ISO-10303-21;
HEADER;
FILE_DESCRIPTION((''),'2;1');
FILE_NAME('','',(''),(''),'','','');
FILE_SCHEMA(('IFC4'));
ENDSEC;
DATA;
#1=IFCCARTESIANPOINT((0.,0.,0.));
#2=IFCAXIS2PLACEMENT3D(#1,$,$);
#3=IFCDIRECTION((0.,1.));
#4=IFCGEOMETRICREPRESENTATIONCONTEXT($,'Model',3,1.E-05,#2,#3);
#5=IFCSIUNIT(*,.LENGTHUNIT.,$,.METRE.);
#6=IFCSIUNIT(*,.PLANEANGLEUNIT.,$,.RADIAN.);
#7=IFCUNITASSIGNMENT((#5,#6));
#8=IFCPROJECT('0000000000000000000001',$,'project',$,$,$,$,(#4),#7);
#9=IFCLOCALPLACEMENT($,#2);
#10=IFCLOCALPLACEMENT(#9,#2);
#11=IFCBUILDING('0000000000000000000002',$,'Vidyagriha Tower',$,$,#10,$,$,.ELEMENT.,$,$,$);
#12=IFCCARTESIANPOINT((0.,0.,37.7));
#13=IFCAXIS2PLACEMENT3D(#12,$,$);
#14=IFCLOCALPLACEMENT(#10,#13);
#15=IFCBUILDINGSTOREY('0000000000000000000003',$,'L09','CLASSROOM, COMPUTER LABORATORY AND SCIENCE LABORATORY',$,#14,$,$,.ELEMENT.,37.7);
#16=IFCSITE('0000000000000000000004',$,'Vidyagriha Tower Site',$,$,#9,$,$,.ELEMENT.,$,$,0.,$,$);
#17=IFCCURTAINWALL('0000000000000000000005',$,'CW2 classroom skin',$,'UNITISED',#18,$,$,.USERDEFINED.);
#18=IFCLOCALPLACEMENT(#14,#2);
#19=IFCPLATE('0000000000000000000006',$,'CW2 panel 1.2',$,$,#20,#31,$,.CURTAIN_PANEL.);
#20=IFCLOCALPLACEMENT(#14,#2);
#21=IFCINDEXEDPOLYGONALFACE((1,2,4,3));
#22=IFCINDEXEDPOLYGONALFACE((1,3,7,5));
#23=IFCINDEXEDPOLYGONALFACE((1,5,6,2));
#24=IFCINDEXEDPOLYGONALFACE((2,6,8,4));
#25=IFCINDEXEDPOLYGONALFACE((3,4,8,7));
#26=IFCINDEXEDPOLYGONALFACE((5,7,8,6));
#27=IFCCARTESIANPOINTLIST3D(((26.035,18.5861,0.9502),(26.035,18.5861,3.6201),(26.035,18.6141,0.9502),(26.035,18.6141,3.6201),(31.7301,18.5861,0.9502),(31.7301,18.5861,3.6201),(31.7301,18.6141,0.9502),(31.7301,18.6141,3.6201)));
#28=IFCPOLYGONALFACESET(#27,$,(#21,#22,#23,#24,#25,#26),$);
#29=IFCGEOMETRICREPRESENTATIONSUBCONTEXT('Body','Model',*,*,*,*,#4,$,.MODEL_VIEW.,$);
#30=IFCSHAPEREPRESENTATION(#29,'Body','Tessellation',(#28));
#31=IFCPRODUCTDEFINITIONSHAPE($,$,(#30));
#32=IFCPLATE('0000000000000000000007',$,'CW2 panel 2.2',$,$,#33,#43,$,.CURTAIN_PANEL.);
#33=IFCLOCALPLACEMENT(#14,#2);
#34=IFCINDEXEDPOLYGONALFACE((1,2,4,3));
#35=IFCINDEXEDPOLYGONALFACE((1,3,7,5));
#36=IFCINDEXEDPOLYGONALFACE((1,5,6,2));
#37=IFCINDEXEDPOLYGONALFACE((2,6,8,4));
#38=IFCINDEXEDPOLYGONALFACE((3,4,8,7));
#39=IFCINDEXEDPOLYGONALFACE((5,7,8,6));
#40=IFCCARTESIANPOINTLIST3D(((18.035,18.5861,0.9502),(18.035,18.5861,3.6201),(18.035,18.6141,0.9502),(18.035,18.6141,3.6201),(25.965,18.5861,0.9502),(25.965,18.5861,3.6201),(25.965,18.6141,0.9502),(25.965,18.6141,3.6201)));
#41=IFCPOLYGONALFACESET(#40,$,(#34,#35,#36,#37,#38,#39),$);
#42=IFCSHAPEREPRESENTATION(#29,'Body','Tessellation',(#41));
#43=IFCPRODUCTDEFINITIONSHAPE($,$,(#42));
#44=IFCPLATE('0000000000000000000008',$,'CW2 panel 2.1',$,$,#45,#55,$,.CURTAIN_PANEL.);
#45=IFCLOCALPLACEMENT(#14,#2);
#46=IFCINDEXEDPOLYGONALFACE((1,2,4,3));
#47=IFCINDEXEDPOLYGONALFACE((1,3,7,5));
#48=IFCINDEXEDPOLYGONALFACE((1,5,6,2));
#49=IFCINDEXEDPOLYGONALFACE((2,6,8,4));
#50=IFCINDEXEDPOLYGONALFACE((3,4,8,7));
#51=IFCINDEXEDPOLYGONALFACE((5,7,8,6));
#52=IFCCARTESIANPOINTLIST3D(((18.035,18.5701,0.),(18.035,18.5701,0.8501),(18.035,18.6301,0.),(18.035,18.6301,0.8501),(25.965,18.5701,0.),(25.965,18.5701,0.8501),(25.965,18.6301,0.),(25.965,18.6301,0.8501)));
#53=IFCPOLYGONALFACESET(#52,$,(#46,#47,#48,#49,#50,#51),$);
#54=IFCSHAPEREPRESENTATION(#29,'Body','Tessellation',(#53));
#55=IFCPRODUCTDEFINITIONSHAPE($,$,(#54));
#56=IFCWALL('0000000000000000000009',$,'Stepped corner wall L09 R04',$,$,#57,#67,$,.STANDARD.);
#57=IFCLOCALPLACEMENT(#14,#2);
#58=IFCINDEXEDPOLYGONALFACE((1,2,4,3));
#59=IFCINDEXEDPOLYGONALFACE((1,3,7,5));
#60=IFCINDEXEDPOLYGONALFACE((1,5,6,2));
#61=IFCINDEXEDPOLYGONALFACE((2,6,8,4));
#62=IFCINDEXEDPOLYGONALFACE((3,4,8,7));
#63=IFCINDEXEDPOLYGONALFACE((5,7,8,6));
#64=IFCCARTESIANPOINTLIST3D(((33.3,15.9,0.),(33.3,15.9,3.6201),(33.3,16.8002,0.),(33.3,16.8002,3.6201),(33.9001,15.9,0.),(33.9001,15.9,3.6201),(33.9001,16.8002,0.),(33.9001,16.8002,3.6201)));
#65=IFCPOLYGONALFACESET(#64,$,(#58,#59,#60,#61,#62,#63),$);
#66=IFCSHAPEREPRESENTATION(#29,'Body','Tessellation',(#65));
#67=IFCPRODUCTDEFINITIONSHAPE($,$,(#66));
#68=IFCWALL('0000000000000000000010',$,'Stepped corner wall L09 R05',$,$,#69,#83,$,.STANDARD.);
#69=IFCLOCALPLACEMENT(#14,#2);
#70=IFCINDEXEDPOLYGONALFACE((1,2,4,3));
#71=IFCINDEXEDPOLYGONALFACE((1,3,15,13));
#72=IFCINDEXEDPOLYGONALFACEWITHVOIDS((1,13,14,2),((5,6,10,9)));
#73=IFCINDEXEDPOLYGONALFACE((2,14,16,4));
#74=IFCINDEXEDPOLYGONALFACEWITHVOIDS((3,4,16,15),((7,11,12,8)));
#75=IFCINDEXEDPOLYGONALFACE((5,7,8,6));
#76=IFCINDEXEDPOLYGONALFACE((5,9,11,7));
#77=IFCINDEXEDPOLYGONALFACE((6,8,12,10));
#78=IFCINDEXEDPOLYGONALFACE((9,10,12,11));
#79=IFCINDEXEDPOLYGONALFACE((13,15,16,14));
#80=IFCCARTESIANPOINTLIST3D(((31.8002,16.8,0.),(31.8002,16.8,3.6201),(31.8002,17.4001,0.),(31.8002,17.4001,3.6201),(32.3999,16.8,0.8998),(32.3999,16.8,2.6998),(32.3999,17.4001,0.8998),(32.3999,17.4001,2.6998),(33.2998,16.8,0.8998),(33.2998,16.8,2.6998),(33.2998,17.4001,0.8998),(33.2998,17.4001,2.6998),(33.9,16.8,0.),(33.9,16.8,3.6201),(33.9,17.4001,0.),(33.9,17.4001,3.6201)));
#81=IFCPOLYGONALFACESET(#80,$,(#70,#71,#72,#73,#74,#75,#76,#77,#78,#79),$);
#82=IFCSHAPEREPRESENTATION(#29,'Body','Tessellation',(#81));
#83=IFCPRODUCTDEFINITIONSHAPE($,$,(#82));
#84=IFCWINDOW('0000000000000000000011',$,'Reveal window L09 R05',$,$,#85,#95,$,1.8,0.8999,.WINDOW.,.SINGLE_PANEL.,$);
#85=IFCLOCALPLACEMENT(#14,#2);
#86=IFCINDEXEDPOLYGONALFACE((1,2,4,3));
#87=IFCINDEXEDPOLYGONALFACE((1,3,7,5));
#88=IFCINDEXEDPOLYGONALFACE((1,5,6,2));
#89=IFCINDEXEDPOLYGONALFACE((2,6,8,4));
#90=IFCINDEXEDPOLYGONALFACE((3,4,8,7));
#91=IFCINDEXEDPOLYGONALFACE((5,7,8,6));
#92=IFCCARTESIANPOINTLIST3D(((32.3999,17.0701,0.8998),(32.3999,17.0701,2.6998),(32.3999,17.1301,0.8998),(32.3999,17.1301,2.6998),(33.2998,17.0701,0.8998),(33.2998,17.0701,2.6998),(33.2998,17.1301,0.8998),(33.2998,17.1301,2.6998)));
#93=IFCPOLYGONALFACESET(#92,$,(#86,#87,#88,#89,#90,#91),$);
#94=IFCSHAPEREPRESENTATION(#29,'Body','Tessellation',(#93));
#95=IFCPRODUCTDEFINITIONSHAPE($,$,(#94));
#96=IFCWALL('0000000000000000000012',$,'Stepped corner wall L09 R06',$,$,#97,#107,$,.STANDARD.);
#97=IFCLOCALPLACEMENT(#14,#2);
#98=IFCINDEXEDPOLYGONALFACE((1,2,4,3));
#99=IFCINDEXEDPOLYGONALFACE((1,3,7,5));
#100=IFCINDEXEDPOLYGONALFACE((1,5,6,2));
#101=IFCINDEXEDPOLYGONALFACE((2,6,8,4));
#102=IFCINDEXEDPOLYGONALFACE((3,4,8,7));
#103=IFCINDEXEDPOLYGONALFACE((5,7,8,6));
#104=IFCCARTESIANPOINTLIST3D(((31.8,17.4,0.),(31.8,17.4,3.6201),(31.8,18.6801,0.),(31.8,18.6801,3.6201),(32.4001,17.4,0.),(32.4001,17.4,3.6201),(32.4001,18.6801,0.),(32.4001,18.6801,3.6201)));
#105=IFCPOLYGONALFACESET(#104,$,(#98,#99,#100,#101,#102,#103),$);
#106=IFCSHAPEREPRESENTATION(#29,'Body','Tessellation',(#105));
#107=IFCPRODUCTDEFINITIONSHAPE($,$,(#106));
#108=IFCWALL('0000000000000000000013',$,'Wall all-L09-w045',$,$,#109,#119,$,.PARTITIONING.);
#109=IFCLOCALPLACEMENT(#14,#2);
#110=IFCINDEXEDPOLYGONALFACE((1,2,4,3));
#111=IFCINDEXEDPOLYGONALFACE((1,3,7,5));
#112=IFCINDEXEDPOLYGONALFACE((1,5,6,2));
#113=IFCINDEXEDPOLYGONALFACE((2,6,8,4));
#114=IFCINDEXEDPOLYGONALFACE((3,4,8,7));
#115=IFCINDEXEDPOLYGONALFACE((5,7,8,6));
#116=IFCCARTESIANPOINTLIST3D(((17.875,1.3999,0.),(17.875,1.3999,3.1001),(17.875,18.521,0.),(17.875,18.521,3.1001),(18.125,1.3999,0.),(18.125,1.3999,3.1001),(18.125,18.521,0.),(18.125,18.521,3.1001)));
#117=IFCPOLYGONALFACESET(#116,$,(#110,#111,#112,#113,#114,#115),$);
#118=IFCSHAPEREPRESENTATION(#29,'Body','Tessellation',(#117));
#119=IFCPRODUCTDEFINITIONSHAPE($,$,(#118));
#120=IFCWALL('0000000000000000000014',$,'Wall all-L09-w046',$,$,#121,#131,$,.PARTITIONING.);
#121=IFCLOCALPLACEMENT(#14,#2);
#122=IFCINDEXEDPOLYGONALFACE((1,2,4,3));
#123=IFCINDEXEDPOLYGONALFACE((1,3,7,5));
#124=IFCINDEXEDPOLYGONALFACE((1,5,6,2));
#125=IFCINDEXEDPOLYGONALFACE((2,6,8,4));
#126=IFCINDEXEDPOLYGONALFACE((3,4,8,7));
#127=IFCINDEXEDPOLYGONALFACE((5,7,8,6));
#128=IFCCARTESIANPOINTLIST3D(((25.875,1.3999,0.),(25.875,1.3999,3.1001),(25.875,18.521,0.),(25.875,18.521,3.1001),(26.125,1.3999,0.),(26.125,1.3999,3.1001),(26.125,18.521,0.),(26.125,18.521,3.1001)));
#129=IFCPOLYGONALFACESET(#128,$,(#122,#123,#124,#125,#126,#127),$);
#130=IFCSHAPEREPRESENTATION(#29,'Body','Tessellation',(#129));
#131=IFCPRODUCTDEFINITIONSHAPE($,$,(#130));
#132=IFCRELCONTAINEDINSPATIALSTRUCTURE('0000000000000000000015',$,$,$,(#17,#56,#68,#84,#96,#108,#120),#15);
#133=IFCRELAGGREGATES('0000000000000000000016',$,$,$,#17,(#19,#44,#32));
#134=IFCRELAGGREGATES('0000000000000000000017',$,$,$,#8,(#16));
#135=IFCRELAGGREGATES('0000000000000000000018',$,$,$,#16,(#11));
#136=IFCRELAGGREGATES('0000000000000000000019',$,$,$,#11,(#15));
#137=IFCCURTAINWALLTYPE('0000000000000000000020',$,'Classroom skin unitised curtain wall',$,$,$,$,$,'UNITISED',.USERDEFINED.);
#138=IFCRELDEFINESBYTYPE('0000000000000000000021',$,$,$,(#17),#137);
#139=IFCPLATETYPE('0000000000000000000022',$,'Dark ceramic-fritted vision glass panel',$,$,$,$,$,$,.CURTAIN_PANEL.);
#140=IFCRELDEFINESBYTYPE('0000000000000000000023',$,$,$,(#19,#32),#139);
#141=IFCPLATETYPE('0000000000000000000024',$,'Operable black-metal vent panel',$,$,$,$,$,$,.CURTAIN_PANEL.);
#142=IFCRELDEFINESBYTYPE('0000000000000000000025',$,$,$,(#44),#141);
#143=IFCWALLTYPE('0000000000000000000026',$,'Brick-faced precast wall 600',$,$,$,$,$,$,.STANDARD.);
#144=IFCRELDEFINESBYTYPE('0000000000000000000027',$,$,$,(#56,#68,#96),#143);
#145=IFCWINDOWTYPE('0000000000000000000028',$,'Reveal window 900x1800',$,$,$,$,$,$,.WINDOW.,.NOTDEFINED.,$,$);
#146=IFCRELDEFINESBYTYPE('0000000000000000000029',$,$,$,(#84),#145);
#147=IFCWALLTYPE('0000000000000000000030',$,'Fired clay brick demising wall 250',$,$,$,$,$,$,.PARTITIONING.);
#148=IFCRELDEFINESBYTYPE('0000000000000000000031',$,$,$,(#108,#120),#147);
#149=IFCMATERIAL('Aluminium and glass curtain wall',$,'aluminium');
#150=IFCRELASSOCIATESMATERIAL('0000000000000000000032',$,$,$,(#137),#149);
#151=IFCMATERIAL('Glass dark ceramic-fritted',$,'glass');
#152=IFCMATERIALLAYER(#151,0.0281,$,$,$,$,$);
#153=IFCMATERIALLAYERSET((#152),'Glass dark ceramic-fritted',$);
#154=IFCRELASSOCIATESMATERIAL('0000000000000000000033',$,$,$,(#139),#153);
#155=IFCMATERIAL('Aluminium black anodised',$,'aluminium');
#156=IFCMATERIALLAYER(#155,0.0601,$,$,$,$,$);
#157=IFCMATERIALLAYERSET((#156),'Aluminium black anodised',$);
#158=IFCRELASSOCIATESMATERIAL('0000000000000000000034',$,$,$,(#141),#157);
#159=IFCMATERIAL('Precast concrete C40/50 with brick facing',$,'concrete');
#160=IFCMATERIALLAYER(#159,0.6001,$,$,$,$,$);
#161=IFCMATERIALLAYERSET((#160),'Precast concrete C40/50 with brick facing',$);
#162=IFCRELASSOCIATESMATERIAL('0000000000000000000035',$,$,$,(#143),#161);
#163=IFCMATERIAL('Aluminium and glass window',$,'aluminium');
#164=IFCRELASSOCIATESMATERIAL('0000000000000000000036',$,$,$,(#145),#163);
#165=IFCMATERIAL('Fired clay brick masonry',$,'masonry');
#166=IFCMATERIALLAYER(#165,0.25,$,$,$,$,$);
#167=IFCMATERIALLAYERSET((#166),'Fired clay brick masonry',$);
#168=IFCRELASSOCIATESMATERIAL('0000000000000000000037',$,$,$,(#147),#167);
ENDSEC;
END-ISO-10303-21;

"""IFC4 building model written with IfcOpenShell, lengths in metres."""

from ifc_helpers import new_model, si_unit, direction, frame, frame_2d, origin, origin_2d, place, context, subcontext, project, spatial, rectangle, extrude, material, layer, layer_set, type_object, element, fill, aggregate, save


model = new_model("IFC4")

# Units and contexts
model_context = context("Model", 3, precision=1e-05, world=origin(), true_north=direction((0.0, 1.0)))
body_context = subcontext(model_context, "Body", "Model", "MODEL_VIEW")
ifc_project = project(units=[si_unit("LENGTHUNIT", "METRE"), si_unit("PLANEANGLEUNIT", "RADIAN")], contexts=[model_context])

# Site, building, storey
site_placement = place(None, origin())
site = spatial("IfcSite", under=ifc_project, at=site_placement, Name="Vidyagriha Tower Site", CompositionType="ELEMENT", RefElevation=0.0)
building_placement = place(site_placement, origin())
building = spatial("IfcBuilding", under=site, at=building_placement, Name="Vidyagriha Tower", CompositionType="ELEMENT")
storey_placement = place(building_placement, frame((0.0, 0.0, 37.7)))
storey = spatial("IfcBuildingStorey", under=building, at=storey_placement, Name="L09", Description="CLASSROOM, COMPUTER LABORATORY AND SCIENCE LABORATORY", CompositionType="ELEMENT", Elevation=37.7)

# Curtain wall, plates
ifc_material_1 = material(Name="Aluminium and glass curtain wall", Category="aluminium")
curtain_wall_type = type_object("IfcCurtainWallType", Name="Classroom skin unitised curtain wall", ElementType="UNITISED", PredefinedType="USERDEFINED", material=ifc_material_1)
curtain_wall_placement = place(storey_placement, origin())
curtain_wall = element("IfcCurtainWall", 1, at=curtain_wall_placement, inside=storey, type_object=curtain_wall_type, Name="CW2 classroom skin", ObjectType="UNITISED", PredefinedType="USERDEFINED")
ifc_material_2 = material(Name="Glass dark ceramic-fritted", Category="glass")
ifc_layer_1 = layer(ifc_material_2, 0.0281)
ifc_layer_set_1 = layer_set([ifc_layer_1], Name="Glass dark ceramic-fritted")
plate_type_1 = type_object("IfcPlateType", Name="Dark ceramic-fritted vision glass panel", PredefinedType="CURTAIN_PANEL", material=ifc_layer_set_1)
plate_1_placement = place(storey_placement, frame((28.8826, 18.6001, 0.9502), z_axis=(0.0, 0.0, 1.0), x_axis=(-1.0, 0.0, 0.0)))
plate_1 = element("IfcPlate", 2, at=plate_1_placement, type_object=plate_type_1, Name="CW2 panel 1.2", PredefinedType="CURTAIN_PANEL", context=body_context, shape_type="SweptSolid", body=[
    extrude(rectangle(XDim=5.6951, YDim=0.0281, at=origin_2d()), origin(), (0.0, 0.0, 1.0), 2.6699),
])
plate_2_placement = place(storey_placement, frame((22.0, 18.6001, 0.9502), z_axis=(0.0, 0.0, 1.0), x_axis=(-1.0, 0.0, 0.0)))
plate_2 = element("IfcPlate", 3, at=plate_2_placement, type_object=plate_type_1, Name="CW2 panel 2.2", PredefinedType="CURTAIN_PANEL", context=body_context, shape_type="SweptSolid", body=[
    extrude(rectangle(XDim=7.9299, YDim=0.0281, at=origin_2d()), origin(), (0.0, 0.0, 1.0), 2.6699),
])
ifc_material_3 = material(Name="Aluminium black anodised", Category="aluminium")
ifc_layer_2 = layer(ifc_material_3, 0.0601)
ifc_layer_set_2 = layer_set([ifc_layer_2], Name="Aluminium black anodised")
plate_type_2 = type_object("IfcPlateType", Name="Operable black-metal vent panel", PredefinedType="CURTAIN_PANEL", material=ifc_layer_set_2)
plate_3_placement = place(storey_placement, frame((22.0, 18.6001, 0.0), z_axis=(0.0, 0.0, 1.0), x_axis=(-1.0, 0.0, 0.0)))
plate_3 = element("IfcPlate", 4, at=plate_3_placement, type_object=plate_type_2, Name="CW2 panel 2.1", PredefinedType="CURTAIN_PANEL", context=body_context, shape_type="SweptSolid", body=[
    extrude(rectangle(XDim=7.9299, YDim=0.0601, at=origin_2d()), origin(), (0.0, 0.0, 1.0), 0.8501),
])
aggregate(curtain_wall, [plate_1, plate_3, plate_2])

# Wall
ifc_material_4 = material(Name="Precast concrete C40/50 with brick facing", Category="concrete")
ifc_layer_3 = layer(ifc_material_4, 0.6001)
ifc_layer_set_3 = layer_set([ifc_layer_3], Name="Precast concrete C40/50 with brick facing")
wall_type_1 = type_object("IfcWallType", Name="Brick-faced precast wall 600", PredefinedType="STANDARD", material=ifc_layer_set_3)
wall_1_placement = place(storey_placement, frame((33.6001, 15.8999, 0.0), z_axis=(0.0, 0.0, 1.0), x_axis=(0.0, 1.0, 0.0)))
element("IfcWall", 5, at=wall_1_placement, inside=storey, type_object=wall_type_1, Name="Stepped corner wall L09 R04", PredefinedType="STANDARD", context=body_context, shape_type="SweptSolid", body=[
    extrude(rectangle(XDim=0.9001, YDim=0.6001, at=frame_2d((0.4502, 0.0))), origin(), (0.0, 0.0, 1.0), 3.6201),
])

# Wall, opening, window
wall_2_placement = place(storey_placement, frame((33.8999, 17.1001, 0.0), z_axis=(0.0, 0.0, 1.0), x_axis=(-1.0, 0.0, 0.0)))
wall_2 = element("IfcWall", 6, at=wall_2_placement, inside=storey, type_object=wall_type_1, Name="Stepped corner wall L09 R05", PredefinedType="STANDARD", context=body_context, shape_type="SweptSolid", body=[
    extrude(rectangle(XDim=2.0999, YDim=0.6001, at=frame_2d((1.0498, 0.0))), origin(), (0.0, 0.0, 1.0), 3.6201),
])
opening_placement = place(wall_2_placement, frame((0.6001, 0.0, 0.8999)))
opening = element("IfcOpeningElement", 7, at=opening_placement, cuts=wall_2, PredefinedType="OPENING", context=body_context, shape_type="SweptSolid", body=[
    extrude(rectangle(XDim=0.8999, YDim=1.8, at=frame_2d((0.45, 0.8999))), frame((0.0, 0.3101, 0.0), z_axis=(0.0, -1.0, 0.0), x_axis=(1.0, 0.0, 0.0)), (0.0, 0.0, 1.0), 0.6201),
])
ifc_material_5 = material(Name="Aluminium and glass window", Category="aluminium")
window_type = type_object("IfcWindowType", Name="Reveal window 900x1800", PartitioningType="NOTDEFINED", PredefinedType="WINDOW", material=ifc_material_5)
window_placement = place(opening_placement, origin())
window = element("IfcWindow", 8, at=window_placement, inside=storey, type_object=window_type, Name="Reveal window L09 R05", OverallHeight=1.8, OverallWidth=0.8999, PartitioningType="SINGLE_PANEL", PredefinedType="WINDOW", context=body_context, shape_type="SweptSolid", body=[
    extrude(rectangle(XDim=0.8999, YDim=1.8, at=frame_2d((0.45, 0.8999))), frame((0.0, 0.03, 0.0), z_axis=(0.0, -1.0, 0.0), x_axis=(1.0, 0.0, 0.0)), (0.0, 0.0, 1.0), 0.0601),
])
fill(opening, window)

# Walls
wall_3_placement = place(storey_placement, frame((32.1001, 17.3999, 0.0), z_axis=(0.0, 0.0, 1.0), x_axis=(0.0, 1.0, 0.0)))
element("IfcWall", 9, at=wall_3_placement, inside=storey, type_object=wall_type_1, Name="Stepped corner wall L09 R06", PredefinedType="STANDARD", context=body_context, shape_type="SweptSolid", body=[
    extrude(rectangle(XDim=1.28, YDim=0.6001, at=frame_2d((0.6401, 0.0))), origin(), (0.0, 0.0, 1.0), 3.6201),
])
ifc_material_6 = material(Name="Fired clay brick masonry", Category="masonry")
ifc_layer_4 = layer(ifc_material_6, 0.25)
ifc_layer_set_4 = layer_set([ifc_layer_4], Name="Fired clay brick masonry")
wall_type_2 = type_object("IfcWallType", Name="Fired clay brick demising wall 250", PredefinedType="PARTITIONING", material=ifc_layer_set_4)
for number, where, z_axis, x_axis, name in (
    (10, (18.0, 18.521, 0.0), (0.0, 0.0, 1.0), (0.0, -1.0, 0.0), "Wall all-L09-w045"),
    (11, (26.0, 18.521, 0.0), (0.0, 0.0, 1.0), (0.0, -1.0, 0.0), "Wall all-L09-w046"),
):
    element("IfcWall", number, at=place(storey_placement, frame(where, z_axis=z_axis, x_axis=x_axis)), inside=storey, type_object=wall_type_2, Name=name, PredefinedType="PARTITIONING", context=body_context, shape_type="SweptSolid", body=[
        extrude(rectangle(XDim=17.1211, YDim=0.25, at=frame_2d((8.5605, 0.0))), origin(), (0.0, 0.0, 1.0), 3.1001),
    ])

save(model, "model.ifc")
